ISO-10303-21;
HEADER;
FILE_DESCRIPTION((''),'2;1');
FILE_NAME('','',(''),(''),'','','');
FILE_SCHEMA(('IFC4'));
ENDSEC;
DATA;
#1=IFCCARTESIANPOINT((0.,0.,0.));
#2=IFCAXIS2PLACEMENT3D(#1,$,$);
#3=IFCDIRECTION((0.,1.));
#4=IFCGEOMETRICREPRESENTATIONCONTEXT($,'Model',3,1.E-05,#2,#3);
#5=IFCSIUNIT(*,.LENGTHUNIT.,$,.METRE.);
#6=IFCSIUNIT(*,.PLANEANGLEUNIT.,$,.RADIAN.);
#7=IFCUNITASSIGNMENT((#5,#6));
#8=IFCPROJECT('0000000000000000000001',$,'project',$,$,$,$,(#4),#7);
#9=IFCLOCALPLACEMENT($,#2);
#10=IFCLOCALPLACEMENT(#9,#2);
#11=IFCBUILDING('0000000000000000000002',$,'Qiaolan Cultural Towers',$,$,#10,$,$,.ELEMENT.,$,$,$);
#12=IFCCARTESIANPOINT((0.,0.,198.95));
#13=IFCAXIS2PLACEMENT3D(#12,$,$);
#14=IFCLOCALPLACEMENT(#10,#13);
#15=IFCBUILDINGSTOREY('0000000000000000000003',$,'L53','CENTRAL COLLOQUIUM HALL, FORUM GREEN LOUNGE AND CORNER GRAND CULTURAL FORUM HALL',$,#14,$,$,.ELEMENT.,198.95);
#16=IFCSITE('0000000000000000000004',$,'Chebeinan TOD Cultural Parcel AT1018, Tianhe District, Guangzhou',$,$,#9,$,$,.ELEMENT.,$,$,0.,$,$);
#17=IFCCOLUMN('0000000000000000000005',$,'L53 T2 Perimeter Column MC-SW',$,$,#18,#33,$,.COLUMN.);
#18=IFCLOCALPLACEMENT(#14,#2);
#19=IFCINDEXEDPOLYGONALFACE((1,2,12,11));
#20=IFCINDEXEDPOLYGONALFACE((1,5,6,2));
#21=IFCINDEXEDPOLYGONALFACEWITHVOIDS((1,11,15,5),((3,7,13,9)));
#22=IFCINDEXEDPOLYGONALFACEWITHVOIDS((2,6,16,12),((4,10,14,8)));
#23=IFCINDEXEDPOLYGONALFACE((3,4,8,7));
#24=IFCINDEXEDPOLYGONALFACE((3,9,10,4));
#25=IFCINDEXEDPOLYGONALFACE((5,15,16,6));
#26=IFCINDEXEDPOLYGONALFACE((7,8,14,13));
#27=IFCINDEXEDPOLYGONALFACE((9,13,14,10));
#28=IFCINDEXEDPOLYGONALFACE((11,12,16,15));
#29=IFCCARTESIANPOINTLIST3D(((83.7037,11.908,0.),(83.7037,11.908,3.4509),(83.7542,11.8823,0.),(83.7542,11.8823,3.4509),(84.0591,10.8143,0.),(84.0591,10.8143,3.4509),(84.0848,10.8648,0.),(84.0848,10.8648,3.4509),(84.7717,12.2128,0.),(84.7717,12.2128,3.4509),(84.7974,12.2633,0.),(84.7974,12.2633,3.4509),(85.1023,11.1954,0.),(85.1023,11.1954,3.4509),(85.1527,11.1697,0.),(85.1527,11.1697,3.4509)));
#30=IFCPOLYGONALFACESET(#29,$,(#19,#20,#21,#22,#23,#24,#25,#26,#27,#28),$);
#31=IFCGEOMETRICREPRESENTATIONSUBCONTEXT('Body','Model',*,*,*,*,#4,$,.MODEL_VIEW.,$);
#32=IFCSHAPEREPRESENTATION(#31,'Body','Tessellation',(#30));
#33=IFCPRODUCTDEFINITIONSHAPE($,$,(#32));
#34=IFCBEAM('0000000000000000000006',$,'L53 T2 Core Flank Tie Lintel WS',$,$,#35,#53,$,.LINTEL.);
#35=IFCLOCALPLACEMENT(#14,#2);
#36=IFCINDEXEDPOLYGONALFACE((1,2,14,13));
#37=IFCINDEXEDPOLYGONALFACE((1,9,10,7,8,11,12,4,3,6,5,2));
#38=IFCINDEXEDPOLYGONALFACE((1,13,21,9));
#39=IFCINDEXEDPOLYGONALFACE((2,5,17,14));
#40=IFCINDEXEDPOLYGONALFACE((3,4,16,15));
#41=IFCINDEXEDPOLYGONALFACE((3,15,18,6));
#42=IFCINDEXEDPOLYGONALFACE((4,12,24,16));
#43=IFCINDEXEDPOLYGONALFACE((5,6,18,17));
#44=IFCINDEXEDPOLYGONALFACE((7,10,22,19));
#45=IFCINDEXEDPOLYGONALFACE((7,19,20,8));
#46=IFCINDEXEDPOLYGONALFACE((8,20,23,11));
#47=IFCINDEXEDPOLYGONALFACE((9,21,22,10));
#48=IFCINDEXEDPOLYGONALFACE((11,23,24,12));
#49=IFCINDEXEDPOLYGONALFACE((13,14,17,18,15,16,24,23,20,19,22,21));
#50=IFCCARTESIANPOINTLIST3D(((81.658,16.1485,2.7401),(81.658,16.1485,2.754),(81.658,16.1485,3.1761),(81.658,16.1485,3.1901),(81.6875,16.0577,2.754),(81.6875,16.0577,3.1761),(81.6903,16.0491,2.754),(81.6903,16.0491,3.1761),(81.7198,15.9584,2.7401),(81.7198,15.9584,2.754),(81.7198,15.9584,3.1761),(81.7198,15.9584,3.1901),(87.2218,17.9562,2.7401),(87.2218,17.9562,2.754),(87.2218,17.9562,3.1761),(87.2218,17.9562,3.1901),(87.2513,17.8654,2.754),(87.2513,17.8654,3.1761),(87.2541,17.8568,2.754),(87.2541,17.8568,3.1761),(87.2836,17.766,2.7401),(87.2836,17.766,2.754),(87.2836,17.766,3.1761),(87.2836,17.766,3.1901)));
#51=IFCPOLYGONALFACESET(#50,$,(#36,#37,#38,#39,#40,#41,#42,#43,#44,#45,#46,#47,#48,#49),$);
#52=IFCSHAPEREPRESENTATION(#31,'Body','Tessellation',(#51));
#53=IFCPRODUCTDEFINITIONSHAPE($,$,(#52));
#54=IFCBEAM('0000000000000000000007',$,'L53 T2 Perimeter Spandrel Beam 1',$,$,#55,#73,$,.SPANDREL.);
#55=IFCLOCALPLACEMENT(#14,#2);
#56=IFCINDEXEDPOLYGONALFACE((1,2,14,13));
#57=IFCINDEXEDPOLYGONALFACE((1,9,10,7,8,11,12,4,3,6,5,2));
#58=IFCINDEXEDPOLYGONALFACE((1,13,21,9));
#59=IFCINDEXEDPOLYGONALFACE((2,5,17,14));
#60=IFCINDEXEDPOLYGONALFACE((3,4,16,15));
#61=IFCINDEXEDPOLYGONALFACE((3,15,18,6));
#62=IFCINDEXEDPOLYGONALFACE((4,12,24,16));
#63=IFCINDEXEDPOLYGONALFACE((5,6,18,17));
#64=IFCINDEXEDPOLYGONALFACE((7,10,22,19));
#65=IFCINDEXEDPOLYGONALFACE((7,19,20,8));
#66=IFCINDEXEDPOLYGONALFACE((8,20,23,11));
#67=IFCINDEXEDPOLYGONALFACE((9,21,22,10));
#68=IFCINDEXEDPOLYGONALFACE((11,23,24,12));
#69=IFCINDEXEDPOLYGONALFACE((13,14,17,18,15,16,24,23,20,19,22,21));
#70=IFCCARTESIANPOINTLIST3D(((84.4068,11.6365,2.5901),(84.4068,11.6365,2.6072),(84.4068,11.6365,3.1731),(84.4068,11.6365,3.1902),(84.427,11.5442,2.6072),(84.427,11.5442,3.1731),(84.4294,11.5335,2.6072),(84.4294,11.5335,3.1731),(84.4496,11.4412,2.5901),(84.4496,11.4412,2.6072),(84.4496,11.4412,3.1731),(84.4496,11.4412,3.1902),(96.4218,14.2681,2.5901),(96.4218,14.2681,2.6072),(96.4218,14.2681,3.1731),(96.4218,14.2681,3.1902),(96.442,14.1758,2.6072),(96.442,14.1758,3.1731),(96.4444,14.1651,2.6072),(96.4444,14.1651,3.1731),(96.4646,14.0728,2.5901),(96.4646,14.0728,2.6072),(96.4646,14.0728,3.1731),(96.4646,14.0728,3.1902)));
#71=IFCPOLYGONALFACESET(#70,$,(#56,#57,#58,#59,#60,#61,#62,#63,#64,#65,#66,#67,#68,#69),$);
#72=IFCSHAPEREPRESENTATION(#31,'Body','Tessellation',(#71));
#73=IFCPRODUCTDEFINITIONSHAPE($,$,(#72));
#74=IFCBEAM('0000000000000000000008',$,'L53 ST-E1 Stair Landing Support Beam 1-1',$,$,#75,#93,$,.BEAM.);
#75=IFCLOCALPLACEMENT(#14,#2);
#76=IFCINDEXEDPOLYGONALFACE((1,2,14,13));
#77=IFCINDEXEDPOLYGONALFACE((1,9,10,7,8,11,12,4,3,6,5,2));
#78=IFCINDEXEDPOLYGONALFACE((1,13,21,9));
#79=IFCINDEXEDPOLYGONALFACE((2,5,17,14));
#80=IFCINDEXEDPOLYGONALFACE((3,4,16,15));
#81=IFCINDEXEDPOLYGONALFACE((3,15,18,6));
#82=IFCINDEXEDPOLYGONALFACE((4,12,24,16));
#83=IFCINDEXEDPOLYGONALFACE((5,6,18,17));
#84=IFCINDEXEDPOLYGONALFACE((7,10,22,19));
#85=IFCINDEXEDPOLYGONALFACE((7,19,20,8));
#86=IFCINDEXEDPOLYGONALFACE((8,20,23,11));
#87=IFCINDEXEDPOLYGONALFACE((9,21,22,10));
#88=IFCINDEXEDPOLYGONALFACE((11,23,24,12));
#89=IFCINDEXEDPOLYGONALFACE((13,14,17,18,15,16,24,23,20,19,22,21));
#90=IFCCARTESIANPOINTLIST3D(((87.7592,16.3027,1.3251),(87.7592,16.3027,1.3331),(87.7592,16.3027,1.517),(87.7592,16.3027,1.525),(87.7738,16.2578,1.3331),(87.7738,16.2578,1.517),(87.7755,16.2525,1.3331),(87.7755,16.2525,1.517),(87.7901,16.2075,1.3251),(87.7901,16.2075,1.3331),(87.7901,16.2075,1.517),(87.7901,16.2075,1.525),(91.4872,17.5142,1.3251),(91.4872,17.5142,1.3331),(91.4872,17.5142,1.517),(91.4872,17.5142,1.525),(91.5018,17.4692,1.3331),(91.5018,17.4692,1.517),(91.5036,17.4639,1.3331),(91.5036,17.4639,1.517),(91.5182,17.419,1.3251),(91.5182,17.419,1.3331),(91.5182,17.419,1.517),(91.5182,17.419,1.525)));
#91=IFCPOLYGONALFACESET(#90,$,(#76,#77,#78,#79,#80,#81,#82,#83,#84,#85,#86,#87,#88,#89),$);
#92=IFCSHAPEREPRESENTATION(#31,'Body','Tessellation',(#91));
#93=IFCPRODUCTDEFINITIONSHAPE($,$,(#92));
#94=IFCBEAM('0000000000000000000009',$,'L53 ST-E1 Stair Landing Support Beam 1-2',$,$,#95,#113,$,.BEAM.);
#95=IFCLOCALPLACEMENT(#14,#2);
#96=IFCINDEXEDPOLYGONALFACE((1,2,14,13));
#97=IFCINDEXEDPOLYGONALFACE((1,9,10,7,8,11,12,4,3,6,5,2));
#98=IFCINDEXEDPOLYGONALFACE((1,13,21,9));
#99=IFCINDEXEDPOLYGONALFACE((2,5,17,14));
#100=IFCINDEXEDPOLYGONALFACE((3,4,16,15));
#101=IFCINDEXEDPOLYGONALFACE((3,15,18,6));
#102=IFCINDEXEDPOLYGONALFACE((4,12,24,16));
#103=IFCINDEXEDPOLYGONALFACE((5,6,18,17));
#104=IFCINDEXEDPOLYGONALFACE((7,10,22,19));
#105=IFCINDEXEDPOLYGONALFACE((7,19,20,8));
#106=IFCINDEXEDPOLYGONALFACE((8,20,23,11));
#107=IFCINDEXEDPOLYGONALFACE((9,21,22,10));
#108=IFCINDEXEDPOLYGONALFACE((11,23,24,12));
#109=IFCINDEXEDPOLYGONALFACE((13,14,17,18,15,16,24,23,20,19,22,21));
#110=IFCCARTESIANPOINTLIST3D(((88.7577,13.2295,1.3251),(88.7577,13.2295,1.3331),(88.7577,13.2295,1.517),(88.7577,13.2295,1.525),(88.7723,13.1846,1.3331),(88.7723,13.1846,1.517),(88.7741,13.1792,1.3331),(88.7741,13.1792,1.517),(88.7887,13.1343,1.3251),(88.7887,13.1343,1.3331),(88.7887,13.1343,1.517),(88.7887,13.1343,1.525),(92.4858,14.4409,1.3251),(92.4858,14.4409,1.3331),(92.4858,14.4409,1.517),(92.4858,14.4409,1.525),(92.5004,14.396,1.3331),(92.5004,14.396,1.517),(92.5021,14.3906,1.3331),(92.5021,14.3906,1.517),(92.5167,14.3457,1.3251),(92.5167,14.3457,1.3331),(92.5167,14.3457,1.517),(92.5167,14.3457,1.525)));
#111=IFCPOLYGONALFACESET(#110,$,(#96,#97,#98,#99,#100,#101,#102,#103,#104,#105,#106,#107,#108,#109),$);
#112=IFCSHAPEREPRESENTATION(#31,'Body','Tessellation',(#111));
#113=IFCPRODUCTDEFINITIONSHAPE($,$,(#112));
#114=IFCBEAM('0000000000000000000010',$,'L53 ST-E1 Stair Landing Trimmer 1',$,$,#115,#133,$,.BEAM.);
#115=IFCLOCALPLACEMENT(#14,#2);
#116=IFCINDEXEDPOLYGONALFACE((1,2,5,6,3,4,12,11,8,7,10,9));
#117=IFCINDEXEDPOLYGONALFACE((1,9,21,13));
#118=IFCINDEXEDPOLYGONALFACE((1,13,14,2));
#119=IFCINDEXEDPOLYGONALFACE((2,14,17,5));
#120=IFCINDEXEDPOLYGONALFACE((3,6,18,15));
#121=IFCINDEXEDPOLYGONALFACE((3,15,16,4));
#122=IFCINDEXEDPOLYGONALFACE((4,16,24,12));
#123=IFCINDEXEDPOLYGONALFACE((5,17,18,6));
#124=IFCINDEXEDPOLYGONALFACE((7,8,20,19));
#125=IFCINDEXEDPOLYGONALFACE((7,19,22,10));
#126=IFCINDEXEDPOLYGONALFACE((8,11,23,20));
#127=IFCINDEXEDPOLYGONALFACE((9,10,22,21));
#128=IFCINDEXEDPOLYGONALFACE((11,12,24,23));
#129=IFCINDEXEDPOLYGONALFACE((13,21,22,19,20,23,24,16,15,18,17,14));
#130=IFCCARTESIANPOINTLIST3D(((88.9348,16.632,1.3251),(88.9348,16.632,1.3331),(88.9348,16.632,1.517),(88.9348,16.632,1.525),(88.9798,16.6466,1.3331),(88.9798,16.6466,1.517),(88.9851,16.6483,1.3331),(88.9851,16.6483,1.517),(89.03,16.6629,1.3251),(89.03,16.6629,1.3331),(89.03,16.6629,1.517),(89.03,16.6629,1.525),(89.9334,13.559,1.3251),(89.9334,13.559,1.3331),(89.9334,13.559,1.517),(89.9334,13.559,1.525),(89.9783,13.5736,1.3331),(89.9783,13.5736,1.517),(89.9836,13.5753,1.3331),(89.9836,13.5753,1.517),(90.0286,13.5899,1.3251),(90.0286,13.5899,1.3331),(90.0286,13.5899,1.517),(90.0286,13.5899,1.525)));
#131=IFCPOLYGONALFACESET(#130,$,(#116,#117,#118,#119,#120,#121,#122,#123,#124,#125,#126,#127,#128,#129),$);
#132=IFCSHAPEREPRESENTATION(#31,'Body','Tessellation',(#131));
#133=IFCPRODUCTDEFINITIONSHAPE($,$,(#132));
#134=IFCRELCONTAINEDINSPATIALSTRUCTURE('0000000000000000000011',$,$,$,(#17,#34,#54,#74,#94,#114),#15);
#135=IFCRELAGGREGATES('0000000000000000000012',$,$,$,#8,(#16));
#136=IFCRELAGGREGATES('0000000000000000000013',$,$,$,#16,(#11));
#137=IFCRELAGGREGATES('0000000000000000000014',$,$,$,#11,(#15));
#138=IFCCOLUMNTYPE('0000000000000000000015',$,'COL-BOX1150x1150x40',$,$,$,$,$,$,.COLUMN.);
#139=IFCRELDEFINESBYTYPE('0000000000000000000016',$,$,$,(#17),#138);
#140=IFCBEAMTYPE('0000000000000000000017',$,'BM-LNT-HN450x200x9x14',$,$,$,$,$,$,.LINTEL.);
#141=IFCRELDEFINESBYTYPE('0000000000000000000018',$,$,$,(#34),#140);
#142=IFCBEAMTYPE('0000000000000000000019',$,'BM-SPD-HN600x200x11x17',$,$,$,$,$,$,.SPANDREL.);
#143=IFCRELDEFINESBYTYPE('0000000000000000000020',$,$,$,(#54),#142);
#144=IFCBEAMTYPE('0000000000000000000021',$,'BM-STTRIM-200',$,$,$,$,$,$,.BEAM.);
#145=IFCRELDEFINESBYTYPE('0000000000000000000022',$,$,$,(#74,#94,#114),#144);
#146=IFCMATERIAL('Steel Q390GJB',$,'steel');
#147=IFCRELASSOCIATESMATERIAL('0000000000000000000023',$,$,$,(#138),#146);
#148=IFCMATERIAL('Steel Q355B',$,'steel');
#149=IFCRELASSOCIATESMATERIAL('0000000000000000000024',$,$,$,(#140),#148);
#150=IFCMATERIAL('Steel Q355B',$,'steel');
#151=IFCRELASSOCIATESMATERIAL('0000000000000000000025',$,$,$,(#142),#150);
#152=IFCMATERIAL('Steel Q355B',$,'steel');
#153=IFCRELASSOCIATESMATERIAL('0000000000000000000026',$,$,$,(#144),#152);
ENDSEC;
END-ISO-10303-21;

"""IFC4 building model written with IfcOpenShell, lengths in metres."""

from ifc_helpers import new_model, si_unit, direction, frame, origin, origin_2d, place, context, subcontext, project, spatial, hollow_rectangle, i_section, extrude, material, material_profile, profile_set, type_object, element, save


model = new_model("IFC4")

# Units and contexts
model_context = context("Model", 3, precision=1e-05, world=origin(), true_north=direction((0.0, 1.0)))
body_context = subcontext(model_context, "Body", "Model", "MODEL_VIEW")
ifc_project = project(units=[si_unit("LENGTHUNIT", "METRE"), si_unit("PLANEANGLEUNIT", "RADIAN")], contexts=[model_context])

# Site, building, storey
site_placement = place(None, origin())
site = spatial("IfcSite", under=ifc_project, at=site_placement, Name="Chebeinan TOD Cultural Parcel AT1018, Tianhe District, Guangzhou", CompositionType="ELEMENT", RefElevation=0.0)
building_placement = place(site_placement, origin())
building = spatial("IfcBuilding", under=site, at=building_placement, Name="Qiaolan Cultural Towers", CompositionType="ELEMENT")
storey_placement = place(building_placement, frame((0.0, 0.0, 198.95)))
storey = spatial("IfcBuildingStorey", under=building, at=storey_placement, Name="L53", Description="CENTRAL COLLOQUIUM HALL, FORUM GREEN LOUNGE AND CORNER GRAND CULTURAL FORUM HALL", CompositionType="ELEMENT", Elevation=198.95)

# Column
ifc_material_1 = material(Name="Steel Q390GJB", Category="steel")
ifc_material_profile_1 = material_profile(ifc_material_1, hollow_rectangle(XDim=1.1499, YDim=1.1499, WallThickness=0.04, at=origin_2d()), Name="BOX1150x1150x40")
ifc_profile_set_1 = profile_set([ifc_material_profile_1], Name="Steel Q390GJB")
column_type = type_object("IfcColumnType", Name="COL-BOX1150x1150x40", PredefinedType="COLUMN", material=ifc_profile_set_1)
column_placement = place(storey_placement, frame((84.4282, 11.5388, 0.0), z_axis=(0.0, 0.0, 1.0), x_axis=(0.951057, 0.309017, 0.0)))
element("IfcColumn", 1, at=column_placement, inside=storey, type_object=column_type, Name="L53 T2 Perimeter Column MC-SW", PredefinedType="COLUMN", context=body_context, shape_type="SweptSolid", body=[
    extrude(hollow_rectangle(XDim=1.1499, YDim=1.1499, WallThickness=0.04, at=origin_2d()), origin(), (0.0, 0.0, 1.0), 3.4509),
])

# Beams
ifc_material_2 = material(Name="Steel Q355B", Category="steel")
ifc_material_profile_2 = material_profile(ifc_material_2, i_section(OverallWidth=0.2, OverallDepth=0.45, WebThickness=0.009, FlangeThickness=0.0139, at=origin_2d()), Name="HN450x200x9x14")
ifc_profile_set_2 = profile_set([ifc_material_profile_2], Name="Steel Q355B")
beam_type_1 = type_object("IfcBeamType", Name="BM-LNT-HN450x200x9x14", PredefinedType="LINTEL", material=ifc_profile_set_2)
beam_1_placement = place(storey_placement, frame((87.2527, 17.8611, 2.9651), z_axis=(-0.951064, -0.308995, 0.0), x_axis=(0.308995, -0.951064, 0.0)))
element("IfcBeam", 2, at=beam_1_placement, inside=storey, type_object=beam_type_1, Name="L53 T2 Core Flank Tie Lintel WS", PredefinedType="LINTEL", context=body_context, shape_type="SweptSolid", body=[
    extrude(i_section(OverallWidth=0.2, OverallDepth=0.45, WebThickness=0.009, FlangeThickness=0.0139, at=origin_2d()), origin(), (0.0, 0.0, 1.0), 5.8501),
])
ifc_material_3 = material(Name="Steel Q355B", Category="steel")
ifc_material_profile_3 = material_profile(ifc_material_3, i_section(OverallWidth=0.2, OverallDepth=0.6001, WebThickness=0.011, FlangeThickness=0.0171, at=origin_2d()), Name="HN600x200x11x17")
ifc_profile_set_3 = profile_set([ifc_material_profile_3], Name="Steel Q355B")
beam_type_2 = type_object("IfcBeamType", Name="BM-SPD-HN600x200x11x17", PredefinedType="SPANDREL", material=ifc_profile_set_3)
beam_2_placement = place(storey_placement, frame((84.4282, 11.5388, 2.8901), z_axis=(0.976843, 0.213956, 0.0), x_axis=(-0.213956, 0.976843, 0.0)))
element("IfcBeam", 3, at=beam_2_placement, inside=storey, type_object=beam_type_2, Name="L53 T2 Perimeter Spandrel Beam 1", PredefinedType="SPANDREL", context=body_context, shape_type="SweptSolid", body=[
    extrude(i_section(OverallWidth=0.2, OverallDepth=0.6001, WebThickness=0.011, FlangeThickness=0.0171, at=origin_2d()), origin(), (0.0, 0.0, 1.0), 12.2998),
])
ifc_material_4 = material(Name="Steel Q355B", Category="steel")
ifc_material_profile_4 = material_profile(ifc_material_4, i_section(OverallWidth=0.1001, OverallDepth=0.2, WebThickness=0.0056, FlangeThickness=0.0081, at=origin_2d()), Name="HN200x100x5.5x8")
ifc_profile_set_4 = profile_set([ifc_material_profile_4], Name="Steel Q355B")
beam_type_3 = type_object("IfcBeamType", Name="BM-STTRIM-200", PredefinedType="BEAM", material=ifc_profile_set_4)
for number, where, z_axis, x_axis, name in (
    (4, (87.7747, 16.2551, 1.425), (0.951048, 0.309044, 0.0), (-0.309044, 0.951048, 0.0), "L53 ST-E1 Stair Landing Support Beam 1-1"),
    (5, (88.7732, 13.1819, 1.425), (0.951048, 0.309044, 0.0), (-0.309044, 0.951048, 0.0), "L53 ST-E1 Stair Landing Support Beam 1-2"),
):
    element("IfcBeam", number, at=place(storey_placement, frame(where, z_axis=z_axis, x_axis=x_axis)), inside=storey, type_object=beam_type_3, Name=name, PredefinedType="BEAM", context=body_context, shape_type="SweptSolid", body=[
        extrude(i_section(OverallWidth=0.1001, OverallDepth=0.2, WebThickness=0.0056, FlangeThickness=0.0081, at=origin_2d()), origin(), (0.0, 0.0, 1.0), 3.9199),
    ])
beam_3_placement = place(storey_placement, frame((88.9824, 16.6475, 1.425), z_axis=(0.309033, -0.951051, 0.0), x_axis=(0.951051, 0.309033, 0.0)))
element("IfcBeam", 6, at=beam_3_placement, inside=storey, type_object=beam_type_3, Name="L53 ST-E1 Stair Landing Trimmer 1", PredefinedType="BEAM", context=body_context, shape_type="SweptSolid", body=[
    extrude(i_section(OverallWidth=0.1001, OverallDepth=0.2, WebThickness=0.0056, FlangeThickness=0.0081, at=origin_2d()), origin(), (0.0, 0.0, 1.0), 3.2312),
])

save(model, "model.ifc")
